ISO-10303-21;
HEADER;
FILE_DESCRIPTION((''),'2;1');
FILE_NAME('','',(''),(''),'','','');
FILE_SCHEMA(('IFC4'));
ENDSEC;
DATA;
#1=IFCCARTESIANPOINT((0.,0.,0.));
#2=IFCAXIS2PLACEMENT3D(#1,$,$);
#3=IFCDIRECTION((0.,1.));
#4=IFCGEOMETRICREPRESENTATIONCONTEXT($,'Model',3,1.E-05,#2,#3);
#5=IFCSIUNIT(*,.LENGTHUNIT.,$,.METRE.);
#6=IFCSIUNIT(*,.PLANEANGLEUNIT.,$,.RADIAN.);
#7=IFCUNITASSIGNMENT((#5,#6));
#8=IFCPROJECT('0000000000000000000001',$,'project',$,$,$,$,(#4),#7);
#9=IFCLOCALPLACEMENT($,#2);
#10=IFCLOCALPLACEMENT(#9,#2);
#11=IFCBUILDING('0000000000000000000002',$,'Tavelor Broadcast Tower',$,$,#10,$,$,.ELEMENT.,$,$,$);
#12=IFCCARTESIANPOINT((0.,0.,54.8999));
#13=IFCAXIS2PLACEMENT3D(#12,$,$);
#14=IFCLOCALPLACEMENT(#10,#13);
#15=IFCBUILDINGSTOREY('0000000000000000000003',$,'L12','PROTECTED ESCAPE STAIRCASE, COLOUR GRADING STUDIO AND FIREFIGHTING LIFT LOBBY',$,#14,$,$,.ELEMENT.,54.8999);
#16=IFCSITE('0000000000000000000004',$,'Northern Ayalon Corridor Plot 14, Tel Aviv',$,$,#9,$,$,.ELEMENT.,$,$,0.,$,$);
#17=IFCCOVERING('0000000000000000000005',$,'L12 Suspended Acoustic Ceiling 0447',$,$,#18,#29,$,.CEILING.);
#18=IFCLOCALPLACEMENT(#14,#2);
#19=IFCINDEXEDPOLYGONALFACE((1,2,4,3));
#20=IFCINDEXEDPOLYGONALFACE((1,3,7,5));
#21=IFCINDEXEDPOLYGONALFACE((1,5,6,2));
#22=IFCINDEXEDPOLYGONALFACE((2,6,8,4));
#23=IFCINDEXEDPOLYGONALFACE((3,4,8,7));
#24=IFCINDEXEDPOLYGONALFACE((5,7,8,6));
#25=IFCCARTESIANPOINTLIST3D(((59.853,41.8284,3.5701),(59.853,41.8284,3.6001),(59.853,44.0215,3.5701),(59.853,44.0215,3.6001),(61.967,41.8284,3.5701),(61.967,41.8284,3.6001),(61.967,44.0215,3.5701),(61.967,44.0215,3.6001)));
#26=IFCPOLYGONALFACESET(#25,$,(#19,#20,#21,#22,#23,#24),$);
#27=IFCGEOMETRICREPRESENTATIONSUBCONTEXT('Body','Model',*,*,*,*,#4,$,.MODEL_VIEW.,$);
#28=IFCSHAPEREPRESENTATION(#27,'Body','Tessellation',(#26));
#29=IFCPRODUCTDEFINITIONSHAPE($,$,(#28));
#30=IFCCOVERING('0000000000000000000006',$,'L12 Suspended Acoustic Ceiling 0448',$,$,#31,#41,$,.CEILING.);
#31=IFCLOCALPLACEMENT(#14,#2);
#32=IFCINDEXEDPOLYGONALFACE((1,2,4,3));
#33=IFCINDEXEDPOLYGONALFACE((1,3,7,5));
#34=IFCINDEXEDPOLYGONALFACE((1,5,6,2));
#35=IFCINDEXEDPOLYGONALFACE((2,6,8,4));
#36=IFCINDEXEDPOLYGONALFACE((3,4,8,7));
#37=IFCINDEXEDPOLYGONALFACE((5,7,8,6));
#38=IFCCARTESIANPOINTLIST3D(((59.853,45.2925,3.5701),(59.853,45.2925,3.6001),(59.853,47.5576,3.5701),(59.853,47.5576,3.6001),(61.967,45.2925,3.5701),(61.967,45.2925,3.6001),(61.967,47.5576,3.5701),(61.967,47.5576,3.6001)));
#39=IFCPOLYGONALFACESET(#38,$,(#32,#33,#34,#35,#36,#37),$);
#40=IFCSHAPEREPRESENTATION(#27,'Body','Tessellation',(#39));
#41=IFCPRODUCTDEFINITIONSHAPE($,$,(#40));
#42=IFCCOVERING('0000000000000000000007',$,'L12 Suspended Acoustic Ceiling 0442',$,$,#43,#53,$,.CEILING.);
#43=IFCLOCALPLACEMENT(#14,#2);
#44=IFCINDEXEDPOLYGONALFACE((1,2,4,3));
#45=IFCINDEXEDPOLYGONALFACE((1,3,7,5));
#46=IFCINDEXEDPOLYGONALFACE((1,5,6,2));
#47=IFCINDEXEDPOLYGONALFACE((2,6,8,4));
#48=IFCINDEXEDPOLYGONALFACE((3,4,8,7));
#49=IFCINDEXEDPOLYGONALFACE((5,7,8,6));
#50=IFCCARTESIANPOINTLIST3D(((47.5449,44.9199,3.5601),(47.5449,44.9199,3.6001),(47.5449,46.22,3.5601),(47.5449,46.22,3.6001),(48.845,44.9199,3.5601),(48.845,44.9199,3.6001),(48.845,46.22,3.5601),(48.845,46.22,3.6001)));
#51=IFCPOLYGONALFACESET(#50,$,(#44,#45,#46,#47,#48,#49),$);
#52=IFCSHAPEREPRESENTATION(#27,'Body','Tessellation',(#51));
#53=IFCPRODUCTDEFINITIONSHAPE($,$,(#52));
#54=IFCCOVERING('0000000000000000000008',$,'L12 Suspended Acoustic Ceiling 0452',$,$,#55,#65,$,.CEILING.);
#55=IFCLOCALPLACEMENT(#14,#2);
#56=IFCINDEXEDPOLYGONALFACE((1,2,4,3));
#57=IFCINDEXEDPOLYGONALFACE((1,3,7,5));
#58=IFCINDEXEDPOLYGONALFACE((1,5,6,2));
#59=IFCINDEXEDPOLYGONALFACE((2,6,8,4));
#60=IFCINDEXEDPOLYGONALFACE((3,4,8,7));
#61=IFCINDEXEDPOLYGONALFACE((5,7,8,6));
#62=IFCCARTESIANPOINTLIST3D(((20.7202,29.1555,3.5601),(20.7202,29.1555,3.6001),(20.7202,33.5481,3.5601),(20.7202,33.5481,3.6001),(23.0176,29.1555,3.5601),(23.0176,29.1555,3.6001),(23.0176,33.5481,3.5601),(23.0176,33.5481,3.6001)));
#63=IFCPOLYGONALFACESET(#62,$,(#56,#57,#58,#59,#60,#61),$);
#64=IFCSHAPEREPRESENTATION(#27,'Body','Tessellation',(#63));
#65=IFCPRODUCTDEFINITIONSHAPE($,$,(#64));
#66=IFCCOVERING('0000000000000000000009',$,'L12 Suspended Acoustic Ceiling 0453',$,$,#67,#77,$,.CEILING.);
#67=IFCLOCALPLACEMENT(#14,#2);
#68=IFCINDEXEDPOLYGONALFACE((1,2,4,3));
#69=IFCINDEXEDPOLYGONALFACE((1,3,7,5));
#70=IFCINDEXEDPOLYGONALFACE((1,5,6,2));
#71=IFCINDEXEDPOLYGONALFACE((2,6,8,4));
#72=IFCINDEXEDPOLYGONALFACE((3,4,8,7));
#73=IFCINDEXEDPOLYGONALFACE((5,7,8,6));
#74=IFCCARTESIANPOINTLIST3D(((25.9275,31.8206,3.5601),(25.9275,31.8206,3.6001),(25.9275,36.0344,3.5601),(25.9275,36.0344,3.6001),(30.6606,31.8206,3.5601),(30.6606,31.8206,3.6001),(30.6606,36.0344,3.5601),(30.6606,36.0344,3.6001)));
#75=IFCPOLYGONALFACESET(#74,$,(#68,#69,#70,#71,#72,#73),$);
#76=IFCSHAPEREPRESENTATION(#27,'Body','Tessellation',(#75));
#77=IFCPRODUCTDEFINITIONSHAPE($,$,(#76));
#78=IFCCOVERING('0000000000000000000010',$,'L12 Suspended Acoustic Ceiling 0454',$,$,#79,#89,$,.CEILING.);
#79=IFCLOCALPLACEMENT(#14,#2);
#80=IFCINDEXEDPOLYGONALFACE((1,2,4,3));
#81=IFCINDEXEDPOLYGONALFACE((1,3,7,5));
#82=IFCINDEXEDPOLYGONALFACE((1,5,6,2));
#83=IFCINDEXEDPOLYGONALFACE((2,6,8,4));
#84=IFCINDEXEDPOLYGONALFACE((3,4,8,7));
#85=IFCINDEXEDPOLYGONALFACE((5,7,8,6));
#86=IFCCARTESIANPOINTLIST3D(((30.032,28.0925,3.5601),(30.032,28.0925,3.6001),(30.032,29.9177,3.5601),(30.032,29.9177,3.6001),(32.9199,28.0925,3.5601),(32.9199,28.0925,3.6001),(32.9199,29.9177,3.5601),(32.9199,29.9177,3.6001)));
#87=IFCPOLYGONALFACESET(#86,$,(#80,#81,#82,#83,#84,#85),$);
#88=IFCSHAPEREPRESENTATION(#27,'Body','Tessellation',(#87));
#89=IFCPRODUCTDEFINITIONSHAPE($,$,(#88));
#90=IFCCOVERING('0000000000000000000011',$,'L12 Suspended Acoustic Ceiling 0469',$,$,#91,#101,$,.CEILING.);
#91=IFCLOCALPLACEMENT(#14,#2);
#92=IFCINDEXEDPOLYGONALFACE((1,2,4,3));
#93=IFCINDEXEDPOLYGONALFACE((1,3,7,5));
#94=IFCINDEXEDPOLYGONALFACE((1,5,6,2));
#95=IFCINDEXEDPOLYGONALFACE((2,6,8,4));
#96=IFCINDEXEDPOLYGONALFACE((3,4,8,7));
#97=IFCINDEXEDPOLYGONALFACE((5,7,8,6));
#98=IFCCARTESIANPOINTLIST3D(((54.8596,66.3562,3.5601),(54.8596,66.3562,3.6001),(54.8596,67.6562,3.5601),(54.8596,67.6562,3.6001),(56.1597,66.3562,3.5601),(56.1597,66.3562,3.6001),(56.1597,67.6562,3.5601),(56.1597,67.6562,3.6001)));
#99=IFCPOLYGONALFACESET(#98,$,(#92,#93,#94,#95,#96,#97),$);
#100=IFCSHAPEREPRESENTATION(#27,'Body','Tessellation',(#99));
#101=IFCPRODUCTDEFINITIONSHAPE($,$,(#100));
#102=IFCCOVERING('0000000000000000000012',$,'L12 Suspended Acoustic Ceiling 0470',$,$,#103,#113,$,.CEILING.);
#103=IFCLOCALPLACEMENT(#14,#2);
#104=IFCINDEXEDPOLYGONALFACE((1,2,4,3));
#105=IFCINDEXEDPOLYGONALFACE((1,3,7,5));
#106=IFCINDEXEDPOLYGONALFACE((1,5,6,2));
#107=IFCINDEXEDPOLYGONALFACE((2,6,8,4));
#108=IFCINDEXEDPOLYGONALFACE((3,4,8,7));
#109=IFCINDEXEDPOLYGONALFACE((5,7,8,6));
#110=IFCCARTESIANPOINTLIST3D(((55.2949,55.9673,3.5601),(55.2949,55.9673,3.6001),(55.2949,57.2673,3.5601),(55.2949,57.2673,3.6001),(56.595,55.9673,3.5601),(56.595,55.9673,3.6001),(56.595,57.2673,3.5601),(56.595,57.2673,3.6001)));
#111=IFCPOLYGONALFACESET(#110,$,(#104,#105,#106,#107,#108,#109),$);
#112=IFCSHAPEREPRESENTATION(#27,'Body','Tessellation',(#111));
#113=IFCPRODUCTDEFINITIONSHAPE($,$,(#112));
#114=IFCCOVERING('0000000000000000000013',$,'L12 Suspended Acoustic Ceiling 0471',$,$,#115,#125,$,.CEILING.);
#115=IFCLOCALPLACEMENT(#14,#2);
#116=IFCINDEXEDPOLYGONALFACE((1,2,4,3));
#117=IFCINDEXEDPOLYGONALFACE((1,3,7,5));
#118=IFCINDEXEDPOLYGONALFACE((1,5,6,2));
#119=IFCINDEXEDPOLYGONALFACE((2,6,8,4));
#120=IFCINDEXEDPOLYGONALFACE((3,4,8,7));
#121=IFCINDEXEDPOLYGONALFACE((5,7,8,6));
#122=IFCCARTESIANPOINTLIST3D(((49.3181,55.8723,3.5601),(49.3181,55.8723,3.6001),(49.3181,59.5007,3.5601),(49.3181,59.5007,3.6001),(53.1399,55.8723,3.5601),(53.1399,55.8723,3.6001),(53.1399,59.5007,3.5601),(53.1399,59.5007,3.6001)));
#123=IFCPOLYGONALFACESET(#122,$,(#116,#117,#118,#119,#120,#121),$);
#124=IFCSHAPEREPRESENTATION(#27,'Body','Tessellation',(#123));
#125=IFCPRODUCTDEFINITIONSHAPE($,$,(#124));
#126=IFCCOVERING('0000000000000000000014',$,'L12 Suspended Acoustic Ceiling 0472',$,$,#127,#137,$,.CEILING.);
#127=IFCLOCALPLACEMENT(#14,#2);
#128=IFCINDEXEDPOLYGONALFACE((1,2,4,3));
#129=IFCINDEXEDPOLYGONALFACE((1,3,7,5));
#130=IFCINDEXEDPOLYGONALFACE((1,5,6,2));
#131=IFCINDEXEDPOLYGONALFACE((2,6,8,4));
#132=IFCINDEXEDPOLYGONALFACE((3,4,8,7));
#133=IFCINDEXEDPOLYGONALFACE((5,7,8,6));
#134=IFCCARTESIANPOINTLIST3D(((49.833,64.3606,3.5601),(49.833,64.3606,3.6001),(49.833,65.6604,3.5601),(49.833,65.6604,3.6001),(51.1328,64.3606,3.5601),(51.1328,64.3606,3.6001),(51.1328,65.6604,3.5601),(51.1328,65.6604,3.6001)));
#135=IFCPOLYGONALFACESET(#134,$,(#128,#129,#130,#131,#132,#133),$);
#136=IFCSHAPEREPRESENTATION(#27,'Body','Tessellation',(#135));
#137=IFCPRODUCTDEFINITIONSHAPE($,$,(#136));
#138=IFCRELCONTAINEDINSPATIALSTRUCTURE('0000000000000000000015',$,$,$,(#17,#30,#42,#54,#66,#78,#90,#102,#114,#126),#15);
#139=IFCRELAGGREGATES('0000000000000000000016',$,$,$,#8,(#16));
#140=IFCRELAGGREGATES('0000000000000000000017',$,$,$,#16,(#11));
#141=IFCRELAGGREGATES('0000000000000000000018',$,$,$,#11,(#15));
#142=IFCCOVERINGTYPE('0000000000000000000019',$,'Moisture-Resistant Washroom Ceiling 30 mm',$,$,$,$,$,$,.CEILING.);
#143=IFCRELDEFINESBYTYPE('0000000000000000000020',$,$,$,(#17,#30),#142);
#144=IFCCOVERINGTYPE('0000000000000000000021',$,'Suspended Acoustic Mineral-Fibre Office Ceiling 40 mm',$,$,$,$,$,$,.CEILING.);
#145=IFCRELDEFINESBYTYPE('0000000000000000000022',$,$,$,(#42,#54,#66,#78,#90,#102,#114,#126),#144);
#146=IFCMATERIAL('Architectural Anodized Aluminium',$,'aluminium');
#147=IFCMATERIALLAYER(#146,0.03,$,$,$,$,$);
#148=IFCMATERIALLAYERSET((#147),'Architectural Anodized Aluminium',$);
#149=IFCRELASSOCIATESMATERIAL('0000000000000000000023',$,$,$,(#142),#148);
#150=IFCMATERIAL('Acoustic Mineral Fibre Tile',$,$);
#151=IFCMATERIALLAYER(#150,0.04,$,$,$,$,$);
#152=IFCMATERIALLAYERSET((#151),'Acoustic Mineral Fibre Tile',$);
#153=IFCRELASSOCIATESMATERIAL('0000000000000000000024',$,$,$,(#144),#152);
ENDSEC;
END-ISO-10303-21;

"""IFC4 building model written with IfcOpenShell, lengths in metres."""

from ifc_helpers import new_model, si_unit, direction, frame, origin, place, context, subcontext, project, spatial, polyline, outline, extrude, material, layer, layer_set, type_object, element, save


model = new_model("IFC4")

# Units and contexts
model_context = context("Model", 3, precision=1e-05, world=origin(), true_north=direction((0.0, 1.0)))
body_context = subcontext(model_context, "Body", "Model", "MODEL_VIEW")
ifc_project = project(units=[si_unit("LENGTHUNIT", "METRE"), si_unit("PLANEANGLEUNIT", "RADIAN")], contexts=[model_context])

# Site, building, storey
site_placement = place(None, origin())
site = spatial("IfcSite", under=ifc_project, at=site_placement, Name="Northern Ayalon Corridor Plot 14, Tel Aviv", CompositionType="ELEMENT", RefElevation=0.0)
building_placement = place(site_placement, origin())
building = spatial("IfcBuilding", under=site, at=building_placement, Name="Tavelor Broadcast Tower", CompositionType="ELEMENT")
storey_placement = place(building_placement, frame((0.0, 0.0, 54.8999)))
storey = spatial("IfcBuildingStorey", under=building, at=storey_placement, Name="L12", Description="PROTECTED ESCAPE STAIRCASE, COLOUR GRADING STUDIO AND FIREFIGHTING LIFT LOBBY", CompositionType="ELEMENT", Elevation=54.8999)

# Coverings
ifc_material_1 = material(Name="Architectural Anodized Aluminium", Category="aluminium")
ifc_layer_1 = layer(ifc_material_1, 0.03)
ifc_layer_set_1 = layer_set([ifc_layer_1], Name="Architectural Anodized Aluminium")
covering_type_1 = type_object("IfcCoveringType", Name="Moisture-Resistant Washroom Ceiling 30 mm", PredefinedType="CEILING", material=ifc_layer_set_1)
covering_1_placement = place(storey_placement, frame((0.0, 0.0, 3.5701)))
element("IfcCovering", 1, at=covering_1_placement, inside=storey, type_object=covering_type_1, Name="L12 Suspended Acoustic Ceiling 0447", PredefinedType="CEILING", context=body_context, shape_type="SweptSolid", body=[
    extrude(outline(polyline([(59.853, 41.8284), (61.967, 41.8284), (61.967, 44.0215), (59.853, 44.0215), (59.853, 41.8284)])), origin(), (0.0, 0.0, 1.0), 0.03),
])
covering_2_placement = place(storey_placement, frame((0.0, 0.0, 3.5701)))
element("IfcCovering", 2, at=covering_2_placement, inside=storey, type_object=covering_type_1, Name="L12 Suspended Acoustic Ceiling 0448", PredefinedType="CEILING", context=body_context, shape_type="SweptSolid", body=[
    extrude(outline(polyline([(59.853, 45.2925), (61.967, 45.2925), (61.967, 47.5576), (59.853, 47.5576), (59.853, 45.2925)])), origin(), (0.0, 0.0, 1.0), 0.03),
])
ifc_material_2 = material(Name="Acoustic Mineral Fibre Tile")
ifc_layer_2 = layer(ifc_material_2, 0.04)
ifc_layer_set_2 = layer_set([ifc_layer_2], Name="Acoustic Mineral Fibre Tile")
covering_type_2 = type_object("IfcCoveringType", Name="Suspended Acoustic Mineral-Fibre Office Ceiling 40 mm", PredefinedType="CEILING", material=ifc_layer_set_2)
covering_3_placement = place(storey_placement, frame((0.0, 0.0, 3.5601)))
element("IfcCovering", 3, at=covering_3_placement, inside=storey, type_object=covering_type_2, Name="L12 Suspended Acoustic Ceiling 0442", PredefinedType="CEILING", context=body_context, shape_type="SweptSolid", body=[
    extrude(outline(polyline([(47.5449, 44.9199), (48.845, 44.9199), (48.845, 46.22), (47.5449, 46.22), (47.5449, 44.9199)])), origin(), (0.0, 0.0, 1.0), 0.04),
])
covering_4_placement = place(storey_placement, frame((0.0, 0.0, 3.5601)))
element("IfcCovering", 4, at=covering_4_placement, inside=storey, type_object=covering_type_2, Name="L12 Suspended Acoustic Ceiling 0452", PredefinedType="CEILING", context=body_context, shape_type="SweptSolid", body=[
    extrude(outline(polyline([(20.7202, 29.1555), (23.0176, 29.1555), (23.0176, 33.5481), (20.7202, 33.5481), (20.7202, 29.1555)])), origin(), (0.0, 0.0, 1.0), 0.04),
])
covering_5_placement = place(storey_placement, frame((0.0, 0.0, 3.5601)))
element("IfcCovering", 5, at=covering_5_placement, inside=storey, type_object=covering_type_2, Name="L12 Suspended Acoustic Ceiling 0453", PredefinedType="CEILING", context=body_context, shape_type="SweptSolid", body=[
    extrude(outline(polyline([(25.9275, 31.8206), (30.6606, 31.8206), (30.6606, 36.0344), (25.9275, 36.0344), (25.9275, 31.8206)])), origin(), (0.0, 0.0, 1.0), 0.04),
])
covering_6_placement = place(storey_placement, frame((0.0, 0.0, 3.5601)))
element("IfcCovering", 6, at=covering_6_placement, inside=storey, type_object=covering_type_2, Name="L12 Suspended Acoustic Ceiling 0454", PredefinedType="CEILING", context=body_context, shape_type="SweptSolid", body=[
    extrude(outline(polyline([(30.032, 28.0925), (32.9199, 28.0925), (32.9199, 29.9177), (30.032, 29.9177), (30.032, 28.0925)])), origin(), (0.0, 0.0, 1.0), 0.04),
])
covering_7_placement = place(storey_placement, frame((0.0, 0.0, 3.5601)))
element("IfcCovering", 7, at=covering_7_placement, inside=storey, type_object=covering_type_2, Name="L12 Suspended Acoustic Ceiling 0469", PredefinedType="CEILING", context=body_context, shape_type="SweptSolid", body=[
    extrude(outline(polyline([(54.8596, 66.3562), (56.1597, 66.3562), (56.1597, 67.6562), (54.8596, 67.6562), (54.8596, 66.3562)])), origin(), (0.0, 0.0, 1.0), 0.04),
])
covering_8_placement = place(storey_placement, frame((0.0, 0.0, 3.5601)))
element("IfcCovering", 8, at=covering_8_placement, inside=storey, type_object=covering_type_2, Name="L12 Suspended Acoustic Ceiling 0470", PredefinedType="CEILING", context=body_context, shape_type="SweptSolid", body=[
    extrude(outline(polyline([(55.2949, 55.9673), (56.595, 55.9673), (56.595, 57.2673), (55.2949, 57.2673), (55.2949, 55.9673)])), origin(), (0.0, 0.0, 1.0), 0.04),
])
covering_9_placement = place(storey_placement, frame((0.0, 0.0, 3.5601)))
element("IfcCovering", 9, at=covering_9_placement, inside=storey, type_object=covering_type_2, Name="L12 Suspended Acoustic Ceiling 0471", PredefinedType="CEILING", context=body_context, shape_type="SweptSolid", body=[
    extrude(outline(polyline([(49.3181, 55.8723), (53.1399, 55.8723), (53.1399, 59.5007), (49.3181, 59.5007), (49.3181, 55.8723)])), origin(), (0.0, 0.0, 1.0), 0.04),
])
covering_10_placement = place(storey_placement, frame((0.0, 0.0, 3.5601)))
element("IfcCovering", 10, at=covering_10_placement, inside=storey, type_object=covering_type_2, Name="L12 Suspended Acoustic Ceiling 0472", PredefinedType="CEILING", context=body_context, shape_type="SweptSolid", body=[
    extrude(outline(polyline([(49.833, 64.3606), (51.1328, 64.3606), (51.1328, 65.6604), (49.833, 65.6604), (49.833, 64.3606)])), origin(), (0.0, 0.0, 1.0), 0.04),
])

save(model, "model.ifc")
